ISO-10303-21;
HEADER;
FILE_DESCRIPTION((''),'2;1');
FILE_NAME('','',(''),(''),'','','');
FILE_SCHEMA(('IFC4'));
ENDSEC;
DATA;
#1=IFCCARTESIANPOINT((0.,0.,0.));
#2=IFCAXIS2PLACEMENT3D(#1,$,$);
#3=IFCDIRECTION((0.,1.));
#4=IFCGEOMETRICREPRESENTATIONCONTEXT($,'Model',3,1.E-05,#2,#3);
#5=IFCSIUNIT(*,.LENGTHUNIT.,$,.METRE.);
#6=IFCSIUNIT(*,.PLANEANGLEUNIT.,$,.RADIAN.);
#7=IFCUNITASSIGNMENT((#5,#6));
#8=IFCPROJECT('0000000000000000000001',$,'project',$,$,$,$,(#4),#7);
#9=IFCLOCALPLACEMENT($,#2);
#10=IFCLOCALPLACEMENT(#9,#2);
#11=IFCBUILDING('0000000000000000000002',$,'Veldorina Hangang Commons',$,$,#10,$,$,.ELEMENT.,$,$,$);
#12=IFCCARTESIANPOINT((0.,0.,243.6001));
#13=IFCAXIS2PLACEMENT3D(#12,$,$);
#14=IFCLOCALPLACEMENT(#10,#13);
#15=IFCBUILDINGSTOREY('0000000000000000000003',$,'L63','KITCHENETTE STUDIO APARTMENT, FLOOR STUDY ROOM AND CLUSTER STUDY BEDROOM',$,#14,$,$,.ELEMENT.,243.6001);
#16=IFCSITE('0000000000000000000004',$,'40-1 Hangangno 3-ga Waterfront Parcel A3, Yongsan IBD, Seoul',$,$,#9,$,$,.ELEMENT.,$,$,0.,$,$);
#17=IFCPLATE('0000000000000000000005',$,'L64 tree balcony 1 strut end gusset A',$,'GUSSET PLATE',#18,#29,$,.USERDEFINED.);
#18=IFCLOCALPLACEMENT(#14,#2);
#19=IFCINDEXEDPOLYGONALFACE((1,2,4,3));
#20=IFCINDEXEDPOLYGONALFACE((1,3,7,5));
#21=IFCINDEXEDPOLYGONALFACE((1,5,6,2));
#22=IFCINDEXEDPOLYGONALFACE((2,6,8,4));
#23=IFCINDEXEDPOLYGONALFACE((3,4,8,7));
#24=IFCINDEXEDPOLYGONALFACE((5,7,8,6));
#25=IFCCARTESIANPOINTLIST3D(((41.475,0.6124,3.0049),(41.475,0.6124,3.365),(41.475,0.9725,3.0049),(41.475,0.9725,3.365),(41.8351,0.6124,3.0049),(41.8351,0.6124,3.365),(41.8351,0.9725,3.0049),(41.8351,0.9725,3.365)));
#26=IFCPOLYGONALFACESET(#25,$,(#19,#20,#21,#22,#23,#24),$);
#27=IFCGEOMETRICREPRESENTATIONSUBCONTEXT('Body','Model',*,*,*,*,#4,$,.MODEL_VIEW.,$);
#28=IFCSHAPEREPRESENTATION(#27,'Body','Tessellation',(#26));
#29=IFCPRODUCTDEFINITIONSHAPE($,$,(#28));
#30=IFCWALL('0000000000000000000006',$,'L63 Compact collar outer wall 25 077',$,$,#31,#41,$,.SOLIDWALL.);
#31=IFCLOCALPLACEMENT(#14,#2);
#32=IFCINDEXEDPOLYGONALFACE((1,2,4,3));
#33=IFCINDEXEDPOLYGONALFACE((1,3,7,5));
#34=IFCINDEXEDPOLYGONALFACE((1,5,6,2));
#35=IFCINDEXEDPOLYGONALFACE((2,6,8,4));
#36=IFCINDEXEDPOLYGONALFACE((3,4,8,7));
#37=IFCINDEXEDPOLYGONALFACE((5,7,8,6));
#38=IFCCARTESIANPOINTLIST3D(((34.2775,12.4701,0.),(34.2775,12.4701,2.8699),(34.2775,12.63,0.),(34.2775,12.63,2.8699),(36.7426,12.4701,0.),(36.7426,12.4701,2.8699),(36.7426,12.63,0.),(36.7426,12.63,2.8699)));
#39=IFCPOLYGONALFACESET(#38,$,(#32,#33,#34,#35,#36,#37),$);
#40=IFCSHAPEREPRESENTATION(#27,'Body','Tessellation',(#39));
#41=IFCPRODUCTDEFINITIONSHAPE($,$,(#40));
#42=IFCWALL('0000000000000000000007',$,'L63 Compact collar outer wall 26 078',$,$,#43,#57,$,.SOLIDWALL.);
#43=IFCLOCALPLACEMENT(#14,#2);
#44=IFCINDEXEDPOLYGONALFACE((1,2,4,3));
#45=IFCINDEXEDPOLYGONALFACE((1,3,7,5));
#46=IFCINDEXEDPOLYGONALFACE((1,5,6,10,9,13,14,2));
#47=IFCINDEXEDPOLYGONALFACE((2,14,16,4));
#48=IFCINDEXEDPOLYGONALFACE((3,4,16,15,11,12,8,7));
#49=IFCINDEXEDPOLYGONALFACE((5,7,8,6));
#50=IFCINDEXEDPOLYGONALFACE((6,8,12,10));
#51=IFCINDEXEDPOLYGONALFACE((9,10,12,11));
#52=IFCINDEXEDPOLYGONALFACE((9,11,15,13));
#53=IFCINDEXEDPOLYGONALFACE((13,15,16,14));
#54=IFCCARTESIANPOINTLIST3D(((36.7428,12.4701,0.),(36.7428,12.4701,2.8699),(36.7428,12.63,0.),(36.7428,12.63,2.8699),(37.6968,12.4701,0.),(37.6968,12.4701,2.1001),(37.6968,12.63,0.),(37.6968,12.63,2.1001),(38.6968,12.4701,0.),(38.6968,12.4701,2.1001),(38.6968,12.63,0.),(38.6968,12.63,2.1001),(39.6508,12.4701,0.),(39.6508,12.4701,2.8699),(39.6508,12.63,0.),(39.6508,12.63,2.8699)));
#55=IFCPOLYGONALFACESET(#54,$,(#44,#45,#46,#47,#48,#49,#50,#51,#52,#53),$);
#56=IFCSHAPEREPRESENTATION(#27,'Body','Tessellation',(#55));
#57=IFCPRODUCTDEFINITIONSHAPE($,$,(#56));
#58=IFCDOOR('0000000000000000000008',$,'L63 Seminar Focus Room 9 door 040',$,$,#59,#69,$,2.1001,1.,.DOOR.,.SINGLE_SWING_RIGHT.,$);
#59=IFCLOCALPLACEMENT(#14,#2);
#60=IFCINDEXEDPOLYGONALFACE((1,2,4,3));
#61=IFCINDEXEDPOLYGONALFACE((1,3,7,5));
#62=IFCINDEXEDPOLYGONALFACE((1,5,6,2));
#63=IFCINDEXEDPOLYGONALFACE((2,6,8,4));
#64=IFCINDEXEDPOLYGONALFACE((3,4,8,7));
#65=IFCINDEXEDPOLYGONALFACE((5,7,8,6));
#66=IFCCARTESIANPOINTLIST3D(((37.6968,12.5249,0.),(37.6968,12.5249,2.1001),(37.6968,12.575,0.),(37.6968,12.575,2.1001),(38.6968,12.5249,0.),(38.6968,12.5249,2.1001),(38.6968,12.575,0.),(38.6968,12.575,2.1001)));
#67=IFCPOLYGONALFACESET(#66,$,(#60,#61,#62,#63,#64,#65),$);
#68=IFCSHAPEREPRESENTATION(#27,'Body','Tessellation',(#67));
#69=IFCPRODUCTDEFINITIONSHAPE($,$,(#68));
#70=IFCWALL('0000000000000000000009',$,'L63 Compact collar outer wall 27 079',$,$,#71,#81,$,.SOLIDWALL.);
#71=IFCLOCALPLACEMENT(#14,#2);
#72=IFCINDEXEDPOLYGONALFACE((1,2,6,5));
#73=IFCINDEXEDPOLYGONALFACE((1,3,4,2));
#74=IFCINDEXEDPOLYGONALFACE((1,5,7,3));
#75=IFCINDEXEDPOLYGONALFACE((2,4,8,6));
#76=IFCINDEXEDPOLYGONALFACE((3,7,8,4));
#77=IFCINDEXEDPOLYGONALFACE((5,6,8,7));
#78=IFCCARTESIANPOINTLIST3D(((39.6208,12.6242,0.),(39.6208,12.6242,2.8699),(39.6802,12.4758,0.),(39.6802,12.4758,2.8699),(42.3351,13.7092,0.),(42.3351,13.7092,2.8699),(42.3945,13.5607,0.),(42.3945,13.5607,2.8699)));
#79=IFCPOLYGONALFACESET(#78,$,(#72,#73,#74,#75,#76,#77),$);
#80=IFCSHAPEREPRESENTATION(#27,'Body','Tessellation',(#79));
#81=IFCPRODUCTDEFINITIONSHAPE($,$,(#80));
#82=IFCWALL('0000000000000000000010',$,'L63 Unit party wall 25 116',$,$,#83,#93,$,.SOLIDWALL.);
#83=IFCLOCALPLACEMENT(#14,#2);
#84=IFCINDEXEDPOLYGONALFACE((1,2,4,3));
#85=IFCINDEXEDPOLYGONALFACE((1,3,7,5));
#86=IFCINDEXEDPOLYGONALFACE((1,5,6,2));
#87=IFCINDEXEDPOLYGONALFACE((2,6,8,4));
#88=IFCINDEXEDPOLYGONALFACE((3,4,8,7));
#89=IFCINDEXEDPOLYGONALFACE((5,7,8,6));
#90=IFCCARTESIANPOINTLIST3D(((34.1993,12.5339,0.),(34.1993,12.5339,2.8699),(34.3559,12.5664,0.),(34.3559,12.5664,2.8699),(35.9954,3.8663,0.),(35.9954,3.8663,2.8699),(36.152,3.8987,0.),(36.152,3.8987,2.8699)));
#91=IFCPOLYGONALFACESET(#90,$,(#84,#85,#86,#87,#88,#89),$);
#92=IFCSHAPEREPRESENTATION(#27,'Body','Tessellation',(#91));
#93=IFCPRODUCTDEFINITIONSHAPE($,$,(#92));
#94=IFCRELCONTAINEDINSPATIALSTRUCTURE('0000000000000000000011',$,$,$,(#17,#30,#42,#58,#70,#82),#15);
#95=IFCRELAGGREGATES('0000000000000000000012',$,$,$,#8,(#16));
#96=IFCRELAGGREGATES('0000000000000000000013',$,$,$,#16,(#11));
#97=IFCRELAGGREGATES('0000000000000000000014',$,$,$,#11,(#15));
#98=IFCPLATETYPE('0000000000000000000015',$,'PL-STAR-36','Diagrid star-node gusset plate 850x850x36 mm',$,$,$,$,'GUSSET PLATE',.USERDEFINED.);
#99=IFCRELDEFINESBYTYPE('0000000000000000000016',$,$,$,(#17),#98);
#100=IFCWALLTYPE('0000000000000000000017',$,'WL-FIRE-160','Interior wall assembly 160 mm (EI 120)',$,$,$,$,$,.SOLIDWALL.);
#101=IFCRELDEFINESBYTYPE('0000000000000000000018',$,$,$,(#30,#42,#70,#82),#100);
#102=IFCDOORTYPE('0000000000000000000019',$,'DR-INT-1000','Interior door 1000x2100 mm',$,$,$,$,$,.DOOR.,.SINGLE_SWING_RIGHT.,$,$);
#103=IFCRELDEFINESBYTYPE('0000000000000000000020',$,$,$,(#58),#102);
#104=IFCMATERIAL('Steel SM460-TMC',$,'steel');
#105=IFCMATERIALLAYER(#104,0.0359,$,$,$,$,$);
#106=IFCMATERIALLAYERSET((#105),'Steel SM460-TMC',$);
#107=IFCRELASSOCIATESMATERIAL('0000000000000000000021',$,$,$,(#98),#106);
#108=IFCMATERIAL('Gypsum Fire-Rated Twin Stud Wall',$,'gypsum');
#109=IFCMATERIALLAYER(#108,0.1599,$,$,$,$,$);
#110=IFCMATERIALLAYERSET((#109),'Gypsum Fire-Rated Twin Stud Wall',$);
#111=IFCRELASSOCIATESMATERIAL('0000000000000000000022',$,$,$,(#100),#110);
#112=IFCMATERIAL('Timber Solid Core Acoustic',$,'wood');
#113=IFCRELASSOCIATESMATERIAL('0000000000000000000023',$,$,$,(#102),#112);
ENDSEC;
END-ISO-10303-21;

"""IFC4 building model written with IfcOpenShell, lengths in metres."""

from ifc_helpers import new_model, si_unit, direction, frame, frame_2d, origin, origin_2d, place, context, subcontext, project, spatial, rectangle, extrude, material, layer, layer_set, type_object, element, fill, save


model = new_model("IFC4")

# Units and contexts
model_context = context("Model", 3, precision=1e-05, world=origin(), true_north=direction((0.0, 1.0)))
body_context = subcontext(model_context, "Body", "Model", "MODEL_VIEW")
ifc_project = project(units=[si_unit("LENGTHUNIT", "METRE"), si_unit("PLANEANGLEUNIT", "RADIAN")], contexts=[model_context])

# Site, building, storey
site_placement = place(None, origin())
site = spatial("IfcSite", under=ifc_project, at=site_placement, Name="40-1 Hangangno 3-ga Waterfront Parcel A3, Yongsan IBD, Seoul", CompositionType="ELEMENT", RefElevation=0.0)
building_placement = place(site_placement, origin())
building = spatial("IfcBuilding", under=site, at=building_placement, Name="Veldorina Hangang Commons", CompositionType="ELEMENT")
storey_placement = place(building_placement, frame((0.0, 0.0, 243.6001)))
storey = spatial("IfcBuildingStorey", under=building, at=storey_placement, Name="L63", Description="KITCHENETTE STUDIO APARTMENT, FLOOR STUDY ROOM AND CLUSTER STUDY BEDROOM", CompositionType="ELEMENT", Elevation=243.6001)

# Plate
ifc_material_1 = material(Name="Steel SM460-TMC", Category="steel")
ifc_layer_1 = layer(ifc_material_1, 0.0359)
ifc_layer_set_1 = layer_set([ifc_layer_1], Name="Steel SM460-TMC")
plate_type_1 = type_object("IfcPlateType", Name="PL-STAR-36", Description="Diagrid star-node gusset plate 850x850x36 mm", ElementType="GUSSET PLATE", PredefinedType="USERDEFINED", material=ifc_layer_set_1)
plate_1_placement = place(storey_placement, frame((41.655, 0.7925, 3.0049), z_axis=(0.0, 0.0, 1.0), x_axis=(1.0, 0.0, 0.0)))
element("IfcPlate", 1, at=plate_1_placement, inside=storey, type_object=plate_type_1, Name="L64 tree balcony 1 strut end gusset A", ObjectType="GUSSET PLATE", PredefinedType="USERDEFINED", context=body_context, shape_type="SweptSolid", body=[
    extrude(rectangle(XDim=0.3601, YDim=0.3601, at=origin_2d()), origin(), (0.0, 0.0, 1.0), 0.3601),
])

# Wall
ifc_material_2 = material(Name="Gypsum Fire-Rated Twin Stud Wall", Category="gypsum")
ifc_layer_2 = layer(ifc_material_2, 0.1599)
ifc_layer_set_2 = layer_set([ifc_layer_2], Name="Gypsum Fire-Rated Twin Stud Wall")
wall_type = type_object("IfcWallType", Name="WL-FIRE-160", Description="Interior wall assembly 160 mm (EI 120)", PredefinedType="SOLIDWALL", material=ifc_layer_set_2)
wall_1_placement = place(storey_placement, frame((34.2776, 12.55, 0.0), z_axis=(0.0, 0.0, 1.0), x_axis=(1.0, 0.0, 0.0)))
element("IfcWall", 2, at=wall_1_placement, inside=storey, type_object=wall_type, Name="L63 Compact collar outer wall 25 077", PredefinedType="SOLIDWALL", context=body_context, shape_type="SweptSolid", body=[
    extrude(rectangle(XDim=2.4651, YDim=0.1599, at=frame_2d((1.2324, 0.0))), origin(), (0.0, 0.0, 1.0), 2.8699),
])

# Wall, opening, door
wall_2_placement = place(storey_placement, frame((36.7427, 12.55, 0.0), z_axis=(0.0, 0.0, 1.0), x_axis=(1.0, 0.0, 0.0)))
wall_2 = element("IfcWall", 3, at=wall_2_placement, inside=storey, type_object=wall_type, Name="L63 Compact collar outer wall 26 078", PredefinedType="SOLIDWALL", context=body_context, shape_type="SweptSolid", body=[
    extrude(rectangle(XDim=2.908, YDim=0.1599, at=frame_2d((1.4541, 0.0))), origin(), (0.0, 0.0, 1.0), 2.8699),
])
opening_placement = place(wall_2_placement, frame((0.9541, 0.0, 0.0)))
opening = element("IfcOpeningElement", 4, at=opening_placement, cuts=wall_2, PredefinedType="OPENING", context=body_context, shape_type="SweptSolid", body=[
    extrude(rectangle(XDim=1.0, YDim=2.1001, at=frame_2d((0.5, 1.05))), frame((0.0, 0.0898, 0.0), z_axis=(0.0, -1.0, 0.0), x_axis=(1.0, 0.0, 0.0)), (0.0, 0.0, 1.0), 0.1799),
])
ifc_material_3 = material(Name="Timber Solid Core Acoustic", Category="wood")
door_type = type_object("IfcDoorType", Name="DR-INT-1000", Description="Interior door 1000x2100 mm", OperationType="SINGLE_SWING_RIGHT", PredefinedType="DOOR", material=ifc_material_3)
door_placement = place(opening_placement, origin())
door = element("IfcDoor", 5, at=door_placement, inside=storey, type_object=door_type, Name="L63 Seminar Focus Room 9 door 040", OperationType="SINGLE_SWING_RIGHT", OverallHeight=2.1001, OverallWidth=1.0, PredefinedType="DOOR", context=body_context, shape_type="SweptSolid", body=[
    extrude(rectangle(XDim=1.0, YDim=2.1001, at=frame_2d((0.5, 1.05))), frame((0.0, 0.0249, 0.0), z_axis=(0.0, -1.0, 0.0), x_axis=(1.0, 0.0, 0.0)), (0.0, 0.0, 1.0), 0.05),
])
fill(opening, door)

# Walls
wall_3_placement = place(storey_placement, frame((39.6506, 12.55, 0.0), z_axis=(0.0, 0.0, 1.0), x_axis=(0.928569, 0.37116, 0.0)))
element("IfcWall", 6, at=wall_3_placement, inside=storey, type_object=wall_type, Name="L63 Compact collar outer wall 27 079", PredefinedType="SOLIDWALL", context=body_context, shape_type="SweptSolid", body=[
    extrude(rectangle(XDim=2.9231, YDim=0.1599, at=frame_2d((1.4614, 0.0))), origin(), (0.0, 0.0, 1.0), 2.8699),
])
wall_4_placement = place(storey_placement, frame((34.2776, 12.55, 0.0), z_axis=(0.0, 0.0, 1.0), x_axis=(0.202911, -0.979197, 0.0)))
element("IfcWall", 7, at=wall_4_placement, inside=storey, type_object=wall_type, Name="L63 Unit party wall 25 116", PredefinedType="SOLIDWALL", context=body_context, shape_type="SweptSolid", body=[
    extrude(rectangle(XDim=8.8518, YDim=0.1599, at=frame_2d((4.4258, 0.0))), origin(), (0.0, 0.0, 1.0), 2.8699),
])

save(model, "model.ifc")
